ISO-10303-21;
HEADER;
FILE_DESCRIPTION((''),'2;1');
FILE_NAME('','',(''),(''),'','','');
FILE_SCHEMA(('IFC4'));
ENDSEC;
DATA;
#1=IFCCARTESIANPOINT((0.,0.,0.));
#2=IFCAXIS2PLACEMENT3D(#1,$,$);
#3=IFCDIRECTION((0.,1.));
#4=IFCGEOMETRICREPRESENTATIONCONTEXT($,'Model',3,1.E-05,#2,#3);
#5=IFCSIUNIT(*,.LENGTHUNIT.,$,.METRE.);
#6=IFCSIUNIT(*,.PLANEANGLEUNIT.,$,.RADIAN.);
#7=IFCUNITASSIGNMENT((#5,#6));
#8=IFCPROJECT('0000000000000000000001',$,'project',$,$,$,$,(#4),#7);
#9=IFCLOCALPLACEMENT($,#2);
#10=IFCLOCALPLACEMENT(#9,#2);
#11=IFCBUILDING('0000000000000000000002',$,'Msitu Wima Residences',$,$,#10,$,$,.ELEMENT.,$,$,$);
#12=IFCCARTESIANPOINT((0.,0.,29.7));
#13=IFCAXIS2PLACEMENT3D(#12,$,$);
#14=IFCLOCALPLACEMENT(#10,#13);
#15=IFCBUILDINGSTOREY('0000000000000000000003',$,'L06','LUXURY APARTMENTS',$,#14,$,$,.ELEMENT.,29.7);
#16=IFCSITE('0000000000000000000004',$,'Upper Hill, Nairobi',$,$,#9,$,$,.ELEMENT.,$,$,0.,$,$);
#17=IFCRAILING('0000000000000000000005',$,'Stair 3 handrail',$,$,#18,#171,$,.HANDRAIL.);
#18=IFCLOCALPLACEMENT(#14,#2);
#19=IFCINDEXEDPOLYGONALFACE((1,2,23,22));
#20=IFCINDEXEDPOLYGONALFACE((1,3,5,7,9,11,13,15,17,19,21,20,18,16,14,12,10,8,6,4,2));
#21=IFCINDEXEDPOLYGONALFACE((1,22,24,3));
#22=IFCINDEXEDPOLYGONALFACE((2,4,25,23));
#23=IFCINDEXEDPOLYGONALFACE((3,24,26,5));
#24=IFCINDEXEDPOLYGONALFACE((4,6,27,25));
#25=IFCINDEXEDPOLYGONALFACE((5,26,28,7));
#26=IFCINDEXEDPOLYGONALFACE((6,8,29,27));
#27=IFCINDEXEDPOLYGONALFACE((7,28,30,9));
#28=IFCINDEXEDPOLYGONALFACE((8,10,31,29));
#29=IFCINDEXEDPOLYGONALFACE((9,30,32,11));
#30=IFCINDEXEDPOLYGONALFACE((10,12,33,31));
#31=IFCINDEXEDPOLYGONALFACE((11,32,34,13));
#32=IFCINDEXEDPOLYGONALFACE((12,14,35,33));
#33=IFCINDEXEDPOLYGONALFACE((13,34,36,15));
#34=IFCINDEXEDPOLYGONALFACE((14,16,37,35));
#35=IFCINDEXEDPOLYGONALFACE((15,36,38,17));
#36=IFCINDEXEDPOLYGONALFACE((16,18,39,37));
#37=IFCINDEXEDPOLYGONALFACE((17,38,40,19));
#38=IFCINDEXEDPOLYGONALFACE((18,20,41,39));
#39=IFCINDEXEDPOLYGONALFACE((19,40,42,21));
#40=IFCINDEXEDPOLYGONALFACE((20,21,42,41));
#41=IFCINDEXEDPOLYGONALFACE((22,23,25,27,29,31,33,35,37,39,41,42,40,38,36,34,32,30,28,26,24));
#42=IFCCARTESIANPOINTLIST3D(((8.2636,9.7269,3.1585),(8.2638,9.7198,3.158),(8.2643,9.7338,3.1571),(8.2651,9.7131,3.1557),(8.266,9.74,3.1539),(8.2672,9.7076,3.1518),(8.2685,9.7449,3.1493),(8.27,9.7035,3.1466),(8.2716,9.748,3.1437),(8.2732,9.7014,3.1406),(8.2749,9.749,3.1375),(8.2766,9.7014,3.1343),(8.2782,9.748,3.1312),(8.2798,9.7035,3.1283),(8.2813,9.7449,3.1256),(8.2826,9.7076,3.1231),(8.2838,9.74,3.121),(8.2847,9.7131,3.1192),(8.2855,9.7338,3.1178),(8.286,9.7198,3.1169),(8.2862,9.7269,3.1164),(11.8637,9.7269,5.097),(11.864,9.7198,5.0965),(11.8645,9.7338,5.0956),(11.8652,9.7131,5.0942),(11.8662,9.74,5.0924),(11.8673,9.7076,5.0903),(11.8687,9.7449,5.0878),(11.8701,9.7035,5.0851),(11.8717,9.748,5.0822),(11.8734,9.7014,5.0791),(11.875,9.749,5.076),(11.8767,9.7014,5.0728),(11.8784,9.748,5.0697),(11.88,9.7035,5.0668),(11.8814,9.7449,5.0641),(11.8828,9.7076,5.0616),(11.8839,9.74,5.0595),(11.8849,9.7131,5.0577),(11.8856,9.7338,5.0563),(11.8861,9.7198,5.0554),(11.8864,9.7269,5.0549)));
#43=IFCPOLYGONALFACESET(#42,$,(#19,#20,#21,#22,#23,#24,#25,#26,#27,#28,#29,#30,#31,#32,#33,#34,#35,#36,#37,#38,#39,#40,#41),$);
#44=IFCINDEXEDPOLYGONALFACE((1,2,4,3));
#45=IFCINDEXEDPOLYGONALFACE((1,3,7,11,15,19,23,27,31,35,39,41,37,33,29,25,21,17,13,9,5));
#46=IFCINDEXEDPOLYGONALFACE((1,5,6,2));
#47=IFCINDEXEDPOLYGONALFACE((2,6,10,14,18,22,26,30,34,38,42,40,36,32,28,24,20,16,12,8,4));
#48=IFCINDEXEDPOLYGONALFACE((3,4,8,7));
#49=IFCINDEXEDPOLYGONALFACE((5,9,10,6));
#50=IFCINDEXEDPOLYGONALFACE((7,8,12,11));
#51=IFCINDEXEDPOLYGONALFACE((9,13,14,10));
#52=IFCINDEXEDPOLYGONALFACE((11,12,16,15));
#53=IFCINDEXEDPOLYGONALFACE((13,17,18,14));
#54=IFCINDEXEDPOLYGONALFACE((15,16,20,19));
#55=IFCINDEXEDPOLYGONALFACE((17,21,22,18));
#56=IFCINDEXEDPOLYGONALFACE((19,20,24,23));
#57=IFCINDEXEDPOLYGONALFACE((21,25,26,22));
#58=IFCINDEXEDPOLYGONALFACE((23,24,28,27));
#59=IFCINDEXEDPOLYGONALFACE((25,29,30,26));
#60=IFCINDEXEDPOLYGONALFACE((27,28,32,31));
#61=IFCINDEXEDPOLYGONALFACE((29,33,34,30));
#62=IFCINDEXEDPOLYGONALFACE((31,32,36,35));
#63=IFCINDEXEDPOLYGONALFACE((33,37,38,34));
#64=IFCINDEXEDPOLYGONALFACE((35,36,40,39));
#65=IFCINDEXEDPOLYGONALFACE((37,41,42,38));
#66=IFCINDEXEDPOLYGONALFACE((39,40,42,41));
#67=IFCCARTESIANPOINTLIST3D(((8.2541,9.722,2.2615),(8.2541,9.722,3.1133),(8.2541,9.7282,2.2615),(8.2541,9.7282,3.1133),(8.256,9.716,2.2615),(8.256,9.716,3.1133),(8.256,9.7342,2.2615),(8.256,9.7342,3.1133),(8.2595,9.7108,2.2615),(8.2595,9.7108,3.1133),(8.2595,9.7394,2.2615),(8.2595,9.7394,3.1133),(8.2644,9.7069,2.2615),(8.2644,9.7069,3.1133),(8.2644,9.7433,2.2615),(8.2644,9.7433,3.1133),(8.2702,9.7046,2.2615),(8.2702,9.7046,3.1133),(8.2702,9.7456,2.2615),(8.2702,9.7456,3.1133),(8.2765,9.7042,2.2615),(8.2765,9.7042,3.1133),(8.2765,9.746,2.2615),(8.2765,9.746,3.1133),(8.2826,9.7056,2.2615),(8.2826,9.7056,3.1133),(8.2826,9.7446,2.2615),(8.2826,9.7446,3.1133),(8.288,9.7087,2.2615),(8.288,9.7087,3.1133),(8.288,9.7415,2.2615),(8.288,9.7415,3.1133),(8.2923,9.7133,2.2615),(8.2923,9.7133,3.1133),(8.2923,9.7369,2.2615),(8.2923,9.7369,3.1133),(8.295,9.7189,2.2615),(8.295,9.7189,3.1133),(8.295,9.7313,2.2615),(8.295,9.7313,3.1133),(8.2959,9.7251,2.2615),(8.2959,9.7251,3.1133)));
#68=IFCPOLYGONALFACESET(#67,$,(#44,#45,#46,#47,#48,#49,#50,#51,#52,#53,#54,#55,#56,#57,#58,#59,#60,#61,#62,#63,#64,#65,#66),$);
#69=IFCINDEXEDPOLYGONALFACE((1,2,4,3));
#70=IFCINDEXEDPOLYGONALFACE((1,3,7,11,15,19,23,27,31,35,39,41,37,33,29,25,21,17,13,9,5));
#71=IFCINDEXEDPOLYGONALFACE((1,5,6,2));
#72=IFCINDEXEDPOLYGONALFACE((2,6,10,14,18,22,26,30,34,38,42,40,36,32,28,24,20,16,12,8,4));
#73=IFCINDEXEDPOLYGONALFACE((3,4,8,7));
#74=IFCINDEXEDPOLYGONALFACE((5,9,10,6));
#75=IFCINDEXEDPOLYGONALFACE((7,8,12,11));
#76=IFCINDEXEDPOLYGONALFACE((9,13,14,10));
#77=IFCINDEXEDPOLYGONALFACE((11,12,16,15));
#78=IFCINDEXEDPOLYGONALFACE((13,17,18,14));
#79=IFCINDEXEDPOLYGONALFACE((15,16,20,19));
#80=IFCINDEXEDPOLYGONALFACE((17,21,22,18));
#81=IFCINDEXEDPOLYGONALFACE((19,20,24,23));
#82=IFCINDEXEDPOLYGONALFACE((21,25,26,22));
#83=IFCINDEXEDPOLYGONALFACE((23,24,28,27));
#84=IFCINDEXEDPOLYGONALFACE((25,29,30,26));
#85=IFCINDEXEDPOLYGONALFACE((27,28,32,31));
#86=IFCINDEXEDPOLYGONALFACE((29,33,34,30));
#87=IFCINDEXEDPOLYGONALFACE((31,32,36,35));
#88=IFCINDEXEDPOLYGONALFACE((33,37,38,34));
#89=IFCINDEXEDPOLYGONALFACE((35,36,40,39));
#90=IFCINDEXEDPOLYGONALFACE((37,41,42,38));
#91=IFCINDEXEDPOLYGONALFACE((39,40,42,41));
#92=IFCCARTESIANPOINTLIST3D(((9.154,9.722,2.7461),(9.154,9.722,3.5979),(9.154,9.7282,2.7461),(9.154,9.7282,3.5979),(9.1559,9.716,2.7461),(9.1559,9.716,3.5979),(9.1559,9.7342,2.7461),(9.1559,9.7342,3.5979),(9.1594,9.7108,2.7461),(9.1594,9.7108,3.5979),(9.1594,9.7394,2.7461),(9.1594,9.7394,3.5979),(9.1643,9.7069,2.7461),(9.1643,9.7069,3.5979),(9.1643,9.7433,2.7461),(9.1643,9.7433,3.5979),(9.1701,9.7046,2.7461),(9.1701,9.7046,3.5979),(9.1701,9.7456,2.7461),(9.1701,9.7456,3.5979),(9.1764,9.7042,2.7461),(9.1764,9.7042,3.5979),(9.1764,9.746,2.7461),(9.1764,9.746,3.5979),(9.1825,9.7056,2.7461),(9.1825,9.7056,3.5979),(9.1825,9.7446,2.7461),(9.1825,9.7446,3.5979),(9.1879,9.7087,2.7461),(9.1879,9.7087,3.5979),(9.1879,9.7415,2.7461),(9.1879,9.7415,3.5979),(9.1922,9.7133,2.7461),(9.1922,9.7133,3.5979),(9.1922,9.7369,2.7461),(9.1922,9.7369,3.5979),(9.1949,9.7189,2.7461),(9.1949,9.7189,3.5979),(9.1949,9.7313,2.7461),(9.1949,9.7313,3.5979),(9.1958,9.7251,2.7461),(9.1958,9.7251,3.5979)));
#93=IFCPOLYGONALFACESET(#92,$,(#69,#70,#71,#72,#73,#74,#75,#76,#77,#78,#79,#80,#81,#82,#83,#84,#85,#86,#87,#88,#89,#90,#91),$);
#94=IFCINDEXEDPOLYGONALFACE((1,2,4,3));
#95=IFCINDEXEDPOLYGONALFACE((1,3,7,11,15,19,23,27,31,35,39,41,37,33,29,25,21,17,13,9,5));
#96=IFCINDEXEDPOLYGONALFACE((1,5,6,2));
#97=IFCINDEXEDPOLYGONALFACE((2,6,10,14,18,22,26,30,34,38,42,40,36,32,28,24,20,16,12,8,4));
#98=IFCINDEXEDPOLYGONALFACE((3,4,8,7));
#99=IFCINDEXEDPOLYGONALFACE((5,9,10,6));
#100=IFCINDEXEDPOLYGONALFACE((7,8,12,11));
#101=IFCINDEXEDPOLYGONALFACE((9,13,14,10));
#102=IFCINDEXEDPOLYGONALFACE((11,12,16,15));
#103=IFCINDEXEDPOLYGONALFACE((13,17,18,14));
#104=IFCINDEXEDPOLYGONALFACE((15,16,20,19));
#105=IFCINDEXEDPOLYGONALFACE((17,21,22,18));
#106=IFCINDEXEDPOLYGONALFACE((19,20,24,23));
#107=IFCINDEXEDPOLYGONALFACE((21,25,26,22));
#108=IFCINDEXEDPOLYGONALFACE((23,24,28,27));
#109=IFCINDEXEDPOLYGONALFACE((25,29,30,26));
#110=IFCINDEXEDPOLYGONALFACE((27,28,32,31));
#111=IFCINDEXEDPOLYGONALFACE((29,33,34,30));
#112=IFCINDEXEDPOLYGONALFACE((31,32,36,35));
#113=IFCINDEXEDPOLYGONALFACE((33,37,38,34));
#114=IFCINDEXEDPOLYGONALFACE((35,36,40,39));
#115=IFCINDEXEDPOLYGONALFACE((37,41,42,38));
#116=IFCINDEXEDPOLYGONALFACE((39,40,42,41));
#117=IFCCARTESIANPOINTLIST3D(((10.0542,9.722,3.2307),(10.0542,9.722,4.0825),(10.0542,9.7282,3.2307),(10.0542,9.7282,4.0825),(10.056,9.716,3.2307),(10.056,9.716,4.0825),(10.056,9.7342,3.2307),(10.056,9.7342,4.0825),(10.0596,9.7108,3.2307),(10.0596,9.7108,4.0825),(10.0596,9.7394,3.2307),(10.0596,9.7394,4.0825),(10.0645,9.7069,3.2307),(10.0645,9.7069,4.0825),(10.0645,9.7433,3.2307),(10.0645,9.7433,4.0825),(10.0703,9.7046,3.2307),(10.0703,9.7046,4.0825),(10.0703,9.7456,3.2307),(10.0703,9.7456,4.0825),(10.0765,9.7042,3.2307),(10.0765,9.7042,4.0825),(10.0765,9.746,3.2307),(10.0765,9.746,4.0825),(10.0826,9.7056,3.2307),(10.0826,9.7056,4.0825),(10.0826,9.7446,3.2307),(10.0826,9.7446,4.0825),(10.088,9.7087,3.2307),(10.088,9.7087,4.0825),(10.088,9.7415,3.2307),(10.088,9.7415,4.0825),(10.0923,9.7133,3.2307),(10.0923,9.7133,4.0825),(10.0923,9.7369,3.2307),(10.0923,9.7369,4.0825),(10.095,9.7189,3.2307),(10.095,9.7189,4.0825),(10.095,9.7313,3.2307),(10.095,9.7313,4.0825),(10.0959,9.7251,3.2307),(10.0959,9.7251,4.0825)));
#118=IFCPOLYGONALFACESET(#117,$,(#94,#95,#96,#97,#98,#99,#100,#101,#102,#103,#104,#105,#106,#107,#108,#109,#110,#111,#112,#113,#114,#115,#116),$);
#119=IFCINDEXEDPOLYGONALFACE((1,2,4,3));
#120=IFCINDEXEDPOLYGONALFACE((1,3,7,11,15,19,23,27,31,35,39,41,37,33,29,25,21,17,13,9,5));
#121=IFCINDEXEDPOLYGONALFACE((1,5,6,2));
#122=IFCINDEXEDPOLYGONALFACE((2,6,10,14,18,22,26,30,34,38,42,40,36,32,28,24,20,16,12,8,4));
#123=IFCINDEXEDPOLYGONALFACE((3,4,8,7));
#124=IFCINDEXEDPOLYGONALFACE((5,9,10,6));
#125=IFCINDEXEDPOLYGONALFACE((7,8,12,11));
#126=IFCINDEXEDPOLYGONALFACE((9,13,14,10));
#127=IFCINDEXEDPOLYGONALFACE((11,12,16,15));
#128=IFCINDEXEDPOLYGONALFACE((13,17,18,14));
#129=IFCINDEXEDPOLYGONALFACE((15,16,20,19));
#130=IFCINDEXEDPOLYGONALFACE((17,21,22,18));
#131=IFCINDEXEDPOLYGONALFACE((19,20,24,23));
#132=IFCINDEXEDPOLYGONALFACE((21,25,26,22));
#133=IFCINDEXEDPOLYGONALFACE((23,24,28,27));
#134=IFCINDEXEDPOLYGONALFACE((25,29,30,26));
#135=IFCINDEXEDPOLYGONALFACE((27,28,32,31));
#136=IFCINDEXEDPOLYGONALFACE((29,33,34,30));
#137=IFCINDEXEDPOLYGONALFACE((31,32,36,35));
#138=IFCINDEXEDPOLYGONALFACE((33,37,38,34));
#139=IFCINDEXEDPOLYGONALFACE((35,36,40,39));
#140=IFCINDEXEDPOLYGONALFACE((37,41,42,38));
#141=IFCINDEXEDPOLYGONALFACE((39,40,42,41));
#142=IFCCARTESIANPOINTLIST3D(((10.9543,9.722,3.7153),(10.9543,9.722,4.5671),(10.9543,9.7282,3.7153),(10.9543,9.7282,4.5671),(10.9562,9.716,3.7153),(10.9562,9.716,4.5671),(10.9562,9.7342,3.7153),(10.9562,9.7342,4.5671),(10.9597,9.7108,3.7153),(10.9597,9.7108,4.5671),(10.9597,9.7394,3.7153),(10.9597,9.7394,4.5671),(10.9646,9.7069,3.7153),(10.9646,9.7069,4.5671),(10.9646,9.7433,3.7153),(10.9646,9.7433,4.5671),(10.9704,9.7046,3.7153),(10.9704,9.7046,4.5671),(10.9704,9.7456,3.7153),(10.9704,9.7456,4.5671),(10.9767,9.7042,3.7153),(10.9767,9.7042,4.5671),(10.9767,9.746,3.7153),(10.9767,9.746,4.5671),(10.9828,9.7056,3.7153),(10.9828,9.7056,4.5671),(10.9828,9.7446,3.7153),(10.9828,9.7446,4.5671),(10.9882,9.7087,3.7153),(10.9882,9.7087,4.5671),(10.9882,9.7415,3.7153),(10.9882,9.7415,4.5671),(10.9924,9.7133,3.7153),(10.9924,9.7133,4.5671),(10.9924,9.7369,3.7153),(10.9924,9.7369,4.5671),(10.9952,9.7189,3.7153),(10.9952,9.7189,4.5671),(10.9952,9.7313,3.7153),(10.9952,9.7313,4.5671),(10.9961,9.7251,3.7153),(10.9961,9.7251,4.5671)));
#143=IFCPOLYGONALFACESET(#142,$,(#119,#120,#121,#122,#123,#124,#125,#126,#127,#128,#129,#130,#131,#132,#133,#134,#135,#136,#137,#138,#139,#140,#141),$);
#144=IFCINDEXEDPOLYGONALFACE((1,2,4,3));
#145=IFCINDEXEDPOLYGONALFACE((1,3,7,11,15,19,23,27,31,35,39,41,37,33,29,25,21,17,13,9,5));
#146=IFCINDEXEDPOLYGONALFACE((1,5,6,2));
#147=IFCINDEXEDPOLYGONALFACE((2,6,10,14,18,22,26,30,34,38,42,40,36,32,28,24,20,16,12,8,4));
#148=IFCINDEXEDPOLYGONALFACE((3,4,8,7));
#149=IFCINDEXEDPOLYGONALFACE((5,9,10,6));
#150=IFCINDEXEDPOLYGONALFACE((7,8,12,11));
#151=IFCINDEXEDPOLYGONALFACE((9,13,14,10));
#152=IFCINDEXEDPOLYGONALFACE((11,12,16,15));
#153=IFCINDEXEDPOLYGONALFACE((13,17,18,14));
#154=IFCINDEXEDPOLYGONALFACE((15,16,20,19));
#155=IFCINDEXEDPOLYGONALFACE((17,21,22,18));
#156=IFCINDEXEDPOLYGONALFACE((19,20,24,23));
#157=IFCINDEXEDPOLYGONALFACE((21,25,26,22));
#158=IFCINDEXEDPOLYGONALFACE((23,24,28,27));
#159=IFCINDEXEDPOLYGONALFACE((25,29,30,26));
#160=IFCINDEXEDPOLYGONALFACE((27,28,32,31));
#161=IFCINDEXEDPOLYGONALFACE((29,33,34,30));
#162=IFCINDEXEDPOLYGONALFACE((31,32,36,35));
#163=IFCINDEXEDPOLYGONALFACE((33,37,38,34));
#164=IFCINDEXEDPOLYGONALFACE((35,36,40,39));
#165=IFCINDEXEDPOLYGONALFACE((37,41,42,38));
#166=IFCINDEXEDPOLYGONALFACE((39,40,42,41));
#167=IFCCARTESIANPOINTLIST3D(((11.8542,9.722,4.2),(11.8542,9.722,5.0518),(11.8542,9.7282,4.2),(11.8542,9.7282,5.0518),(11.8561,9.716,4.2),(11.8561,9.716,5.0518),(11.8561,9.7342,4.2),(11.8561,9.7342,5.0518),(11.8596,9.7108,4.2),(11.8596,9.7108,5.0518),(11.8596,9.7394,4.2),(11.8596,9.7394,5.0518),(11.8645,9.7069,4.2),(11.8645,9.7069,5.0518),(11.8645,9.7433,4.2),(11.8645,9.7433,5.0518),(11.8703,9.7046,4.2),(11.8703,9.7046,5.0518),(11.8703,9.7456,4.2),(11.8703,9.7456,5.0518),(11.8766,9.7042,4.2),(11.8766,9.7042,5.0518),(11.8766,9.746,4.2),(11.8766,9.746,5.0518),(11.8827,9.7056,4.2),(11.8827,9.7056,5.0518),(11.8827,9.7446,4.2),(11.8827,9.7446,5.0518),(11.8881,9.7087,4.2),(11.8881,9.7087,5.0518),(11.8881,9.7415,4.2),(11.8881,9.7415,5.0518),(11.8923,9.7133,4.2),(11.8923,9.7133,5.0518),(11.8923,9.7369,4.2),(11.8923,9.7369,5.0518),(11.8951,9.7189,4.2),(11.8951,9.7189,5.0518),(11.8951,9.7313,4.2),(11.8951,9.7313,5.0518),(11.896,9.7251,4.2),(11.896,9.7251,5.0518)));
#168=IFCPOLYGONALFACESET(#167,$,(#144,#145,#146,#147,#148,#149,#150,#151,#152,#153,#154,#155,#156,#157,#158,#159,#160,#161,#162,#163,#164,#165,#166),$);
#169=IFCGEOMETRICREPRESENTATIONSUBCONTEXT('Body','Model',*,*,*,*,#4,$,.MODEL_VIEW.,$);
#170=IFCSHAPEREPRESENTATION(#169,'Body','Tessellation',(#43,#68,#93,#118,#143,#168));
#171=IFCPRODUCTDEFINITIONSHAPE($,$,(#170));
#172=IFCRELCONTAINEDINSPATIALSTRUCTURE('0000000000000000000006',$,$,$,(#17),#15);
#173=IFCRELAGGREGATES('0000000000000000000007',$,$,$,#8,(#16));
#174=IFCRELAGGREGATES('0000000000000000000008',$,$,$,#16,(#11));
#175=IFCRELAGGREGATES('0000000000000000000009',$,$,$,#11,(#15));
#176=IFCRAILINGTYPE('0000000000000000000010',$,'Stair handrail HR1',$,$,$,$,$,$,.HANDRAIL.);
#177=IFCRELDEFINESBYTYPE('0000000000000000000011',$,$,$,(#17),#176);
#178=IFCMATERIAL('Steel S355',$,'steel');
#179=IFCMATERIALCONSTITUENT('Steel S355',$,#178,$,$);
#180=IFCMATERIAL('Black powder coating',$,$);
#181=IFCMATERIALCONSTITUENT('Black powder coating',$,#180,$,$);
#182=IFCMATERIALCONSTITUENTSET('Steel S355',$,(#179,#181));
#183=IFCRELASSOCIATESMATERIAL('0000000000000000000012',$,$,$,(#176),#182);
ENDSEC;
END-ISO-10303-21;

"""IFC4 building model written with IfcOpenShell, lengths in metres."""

from ifc_helpers import new_model, si_unit, direction, frame, origin, origin_2d, place, context, subcontext, project, spatial, circle, extrude, material, constituent, constituent_set, type_object, element, save


model = new_model("IFC4")

# Units and contexts
model_context = context("Model", 3, precision=1e-05, world=origin(), true_north=direction((0.0, 1.0)))
body_context = subcontext(model_context, "Body", "Model", "MODEL_VIEW")
ifc_project = project(units=[si_unit("LENGTHUNIT", "METRE"), si_unit("PLANEANGLEUNIT", "RADIAN")], contexts=[model_context])

# Site, building, storey
site_placement = place(None, origin())
site = spatial("IfcSite", under=ifc_project, at=site_placement, Name="Upper Hill, Nairobi", CompositionType="ELEMENT", RefElevation=0.0)
building_placement = place(site_placement, origin())
building = spatial("IfcBuilding", under=site, at=building_placement, Name="Msitu Wima Residences", CompositionType="ELEMENT")
storey_placement = place(building_placement, frame((0.0, 0.0, 29.7)))
storey = spatial("IfcBuildingStorey", under=building, at=storey_placement, Name="L06", Description="LUXURY APARTMENTS", CompositionType="ELEMENT", Elevation=29.7)

# Railing
ifc_material_1 = material(Name="Steel S355", Category="steel")
ifc_constituent_1 = constituent(ifc_material_1, Name="Steel S355")
ifc_material_2 = material(Name="Black powder coating")
ifc_constituent_2 = constituent(ifc_material_2, Name="Black powder coating")
ifc_constituent_set = constituent_set(constituents=[ifc_constituent_1, ifc_constituent_2], Name="Steel S355")
railing_type = type_object("IfcRailingType", Name="Stair handrail HR1", PredefinedType="HANDRAIL", material=ifc_constituent_set)
railing_placement = place(storey_placement, frame((8.2749, 9.7251, 2.2615)))
element("IfcRailing", 1, at=railing_placement, inside=storey, type_object=railing_type, Name="Stair 3 handrail", PredefinedType="HANDRAIL", context=body_context, shape_type="SweptSolid", body=[
    extrude(circle(Radius=0.0239, at=origin_2d()), frame((0.0, 0.0, 0.876), z_axis=(0.880475, 0.0, 0.474093), x_axis=(0.0, 1.0, 0.0)), (0.0, 0.0, 1.0), 4.0889),
    extrude(circle(Radius=0.021, at=origin_2d()), origin(), (0.0, 0.0, 1.0), 0.8518),
    extrude(circle(Radius=0.021, at=origin_2d()), frame((0.8999, 0.0, 0.4846)), (0.0, 0.0, 1.0), 0.8518),
    extrude(circle(Radius=0.021, at=origin_2d()), frame((1.8, 0.0, 0.9692)), (0.0, 0.0, 1.0), 0.8518),
    extrude(circle(Radius=0.021, at=origin_2d()), frame((2.7002, 0.0, 1.4539)), (0.0, 0.0, 1.0), 0.8518),
    extrude(circle(Radius=0.021, at=origin_2d()), frame((3.6001, 0.0, 1.9385)), (0.0, 0.0, 1.0), 0.8518),
])

save(model, "model.ifc")
